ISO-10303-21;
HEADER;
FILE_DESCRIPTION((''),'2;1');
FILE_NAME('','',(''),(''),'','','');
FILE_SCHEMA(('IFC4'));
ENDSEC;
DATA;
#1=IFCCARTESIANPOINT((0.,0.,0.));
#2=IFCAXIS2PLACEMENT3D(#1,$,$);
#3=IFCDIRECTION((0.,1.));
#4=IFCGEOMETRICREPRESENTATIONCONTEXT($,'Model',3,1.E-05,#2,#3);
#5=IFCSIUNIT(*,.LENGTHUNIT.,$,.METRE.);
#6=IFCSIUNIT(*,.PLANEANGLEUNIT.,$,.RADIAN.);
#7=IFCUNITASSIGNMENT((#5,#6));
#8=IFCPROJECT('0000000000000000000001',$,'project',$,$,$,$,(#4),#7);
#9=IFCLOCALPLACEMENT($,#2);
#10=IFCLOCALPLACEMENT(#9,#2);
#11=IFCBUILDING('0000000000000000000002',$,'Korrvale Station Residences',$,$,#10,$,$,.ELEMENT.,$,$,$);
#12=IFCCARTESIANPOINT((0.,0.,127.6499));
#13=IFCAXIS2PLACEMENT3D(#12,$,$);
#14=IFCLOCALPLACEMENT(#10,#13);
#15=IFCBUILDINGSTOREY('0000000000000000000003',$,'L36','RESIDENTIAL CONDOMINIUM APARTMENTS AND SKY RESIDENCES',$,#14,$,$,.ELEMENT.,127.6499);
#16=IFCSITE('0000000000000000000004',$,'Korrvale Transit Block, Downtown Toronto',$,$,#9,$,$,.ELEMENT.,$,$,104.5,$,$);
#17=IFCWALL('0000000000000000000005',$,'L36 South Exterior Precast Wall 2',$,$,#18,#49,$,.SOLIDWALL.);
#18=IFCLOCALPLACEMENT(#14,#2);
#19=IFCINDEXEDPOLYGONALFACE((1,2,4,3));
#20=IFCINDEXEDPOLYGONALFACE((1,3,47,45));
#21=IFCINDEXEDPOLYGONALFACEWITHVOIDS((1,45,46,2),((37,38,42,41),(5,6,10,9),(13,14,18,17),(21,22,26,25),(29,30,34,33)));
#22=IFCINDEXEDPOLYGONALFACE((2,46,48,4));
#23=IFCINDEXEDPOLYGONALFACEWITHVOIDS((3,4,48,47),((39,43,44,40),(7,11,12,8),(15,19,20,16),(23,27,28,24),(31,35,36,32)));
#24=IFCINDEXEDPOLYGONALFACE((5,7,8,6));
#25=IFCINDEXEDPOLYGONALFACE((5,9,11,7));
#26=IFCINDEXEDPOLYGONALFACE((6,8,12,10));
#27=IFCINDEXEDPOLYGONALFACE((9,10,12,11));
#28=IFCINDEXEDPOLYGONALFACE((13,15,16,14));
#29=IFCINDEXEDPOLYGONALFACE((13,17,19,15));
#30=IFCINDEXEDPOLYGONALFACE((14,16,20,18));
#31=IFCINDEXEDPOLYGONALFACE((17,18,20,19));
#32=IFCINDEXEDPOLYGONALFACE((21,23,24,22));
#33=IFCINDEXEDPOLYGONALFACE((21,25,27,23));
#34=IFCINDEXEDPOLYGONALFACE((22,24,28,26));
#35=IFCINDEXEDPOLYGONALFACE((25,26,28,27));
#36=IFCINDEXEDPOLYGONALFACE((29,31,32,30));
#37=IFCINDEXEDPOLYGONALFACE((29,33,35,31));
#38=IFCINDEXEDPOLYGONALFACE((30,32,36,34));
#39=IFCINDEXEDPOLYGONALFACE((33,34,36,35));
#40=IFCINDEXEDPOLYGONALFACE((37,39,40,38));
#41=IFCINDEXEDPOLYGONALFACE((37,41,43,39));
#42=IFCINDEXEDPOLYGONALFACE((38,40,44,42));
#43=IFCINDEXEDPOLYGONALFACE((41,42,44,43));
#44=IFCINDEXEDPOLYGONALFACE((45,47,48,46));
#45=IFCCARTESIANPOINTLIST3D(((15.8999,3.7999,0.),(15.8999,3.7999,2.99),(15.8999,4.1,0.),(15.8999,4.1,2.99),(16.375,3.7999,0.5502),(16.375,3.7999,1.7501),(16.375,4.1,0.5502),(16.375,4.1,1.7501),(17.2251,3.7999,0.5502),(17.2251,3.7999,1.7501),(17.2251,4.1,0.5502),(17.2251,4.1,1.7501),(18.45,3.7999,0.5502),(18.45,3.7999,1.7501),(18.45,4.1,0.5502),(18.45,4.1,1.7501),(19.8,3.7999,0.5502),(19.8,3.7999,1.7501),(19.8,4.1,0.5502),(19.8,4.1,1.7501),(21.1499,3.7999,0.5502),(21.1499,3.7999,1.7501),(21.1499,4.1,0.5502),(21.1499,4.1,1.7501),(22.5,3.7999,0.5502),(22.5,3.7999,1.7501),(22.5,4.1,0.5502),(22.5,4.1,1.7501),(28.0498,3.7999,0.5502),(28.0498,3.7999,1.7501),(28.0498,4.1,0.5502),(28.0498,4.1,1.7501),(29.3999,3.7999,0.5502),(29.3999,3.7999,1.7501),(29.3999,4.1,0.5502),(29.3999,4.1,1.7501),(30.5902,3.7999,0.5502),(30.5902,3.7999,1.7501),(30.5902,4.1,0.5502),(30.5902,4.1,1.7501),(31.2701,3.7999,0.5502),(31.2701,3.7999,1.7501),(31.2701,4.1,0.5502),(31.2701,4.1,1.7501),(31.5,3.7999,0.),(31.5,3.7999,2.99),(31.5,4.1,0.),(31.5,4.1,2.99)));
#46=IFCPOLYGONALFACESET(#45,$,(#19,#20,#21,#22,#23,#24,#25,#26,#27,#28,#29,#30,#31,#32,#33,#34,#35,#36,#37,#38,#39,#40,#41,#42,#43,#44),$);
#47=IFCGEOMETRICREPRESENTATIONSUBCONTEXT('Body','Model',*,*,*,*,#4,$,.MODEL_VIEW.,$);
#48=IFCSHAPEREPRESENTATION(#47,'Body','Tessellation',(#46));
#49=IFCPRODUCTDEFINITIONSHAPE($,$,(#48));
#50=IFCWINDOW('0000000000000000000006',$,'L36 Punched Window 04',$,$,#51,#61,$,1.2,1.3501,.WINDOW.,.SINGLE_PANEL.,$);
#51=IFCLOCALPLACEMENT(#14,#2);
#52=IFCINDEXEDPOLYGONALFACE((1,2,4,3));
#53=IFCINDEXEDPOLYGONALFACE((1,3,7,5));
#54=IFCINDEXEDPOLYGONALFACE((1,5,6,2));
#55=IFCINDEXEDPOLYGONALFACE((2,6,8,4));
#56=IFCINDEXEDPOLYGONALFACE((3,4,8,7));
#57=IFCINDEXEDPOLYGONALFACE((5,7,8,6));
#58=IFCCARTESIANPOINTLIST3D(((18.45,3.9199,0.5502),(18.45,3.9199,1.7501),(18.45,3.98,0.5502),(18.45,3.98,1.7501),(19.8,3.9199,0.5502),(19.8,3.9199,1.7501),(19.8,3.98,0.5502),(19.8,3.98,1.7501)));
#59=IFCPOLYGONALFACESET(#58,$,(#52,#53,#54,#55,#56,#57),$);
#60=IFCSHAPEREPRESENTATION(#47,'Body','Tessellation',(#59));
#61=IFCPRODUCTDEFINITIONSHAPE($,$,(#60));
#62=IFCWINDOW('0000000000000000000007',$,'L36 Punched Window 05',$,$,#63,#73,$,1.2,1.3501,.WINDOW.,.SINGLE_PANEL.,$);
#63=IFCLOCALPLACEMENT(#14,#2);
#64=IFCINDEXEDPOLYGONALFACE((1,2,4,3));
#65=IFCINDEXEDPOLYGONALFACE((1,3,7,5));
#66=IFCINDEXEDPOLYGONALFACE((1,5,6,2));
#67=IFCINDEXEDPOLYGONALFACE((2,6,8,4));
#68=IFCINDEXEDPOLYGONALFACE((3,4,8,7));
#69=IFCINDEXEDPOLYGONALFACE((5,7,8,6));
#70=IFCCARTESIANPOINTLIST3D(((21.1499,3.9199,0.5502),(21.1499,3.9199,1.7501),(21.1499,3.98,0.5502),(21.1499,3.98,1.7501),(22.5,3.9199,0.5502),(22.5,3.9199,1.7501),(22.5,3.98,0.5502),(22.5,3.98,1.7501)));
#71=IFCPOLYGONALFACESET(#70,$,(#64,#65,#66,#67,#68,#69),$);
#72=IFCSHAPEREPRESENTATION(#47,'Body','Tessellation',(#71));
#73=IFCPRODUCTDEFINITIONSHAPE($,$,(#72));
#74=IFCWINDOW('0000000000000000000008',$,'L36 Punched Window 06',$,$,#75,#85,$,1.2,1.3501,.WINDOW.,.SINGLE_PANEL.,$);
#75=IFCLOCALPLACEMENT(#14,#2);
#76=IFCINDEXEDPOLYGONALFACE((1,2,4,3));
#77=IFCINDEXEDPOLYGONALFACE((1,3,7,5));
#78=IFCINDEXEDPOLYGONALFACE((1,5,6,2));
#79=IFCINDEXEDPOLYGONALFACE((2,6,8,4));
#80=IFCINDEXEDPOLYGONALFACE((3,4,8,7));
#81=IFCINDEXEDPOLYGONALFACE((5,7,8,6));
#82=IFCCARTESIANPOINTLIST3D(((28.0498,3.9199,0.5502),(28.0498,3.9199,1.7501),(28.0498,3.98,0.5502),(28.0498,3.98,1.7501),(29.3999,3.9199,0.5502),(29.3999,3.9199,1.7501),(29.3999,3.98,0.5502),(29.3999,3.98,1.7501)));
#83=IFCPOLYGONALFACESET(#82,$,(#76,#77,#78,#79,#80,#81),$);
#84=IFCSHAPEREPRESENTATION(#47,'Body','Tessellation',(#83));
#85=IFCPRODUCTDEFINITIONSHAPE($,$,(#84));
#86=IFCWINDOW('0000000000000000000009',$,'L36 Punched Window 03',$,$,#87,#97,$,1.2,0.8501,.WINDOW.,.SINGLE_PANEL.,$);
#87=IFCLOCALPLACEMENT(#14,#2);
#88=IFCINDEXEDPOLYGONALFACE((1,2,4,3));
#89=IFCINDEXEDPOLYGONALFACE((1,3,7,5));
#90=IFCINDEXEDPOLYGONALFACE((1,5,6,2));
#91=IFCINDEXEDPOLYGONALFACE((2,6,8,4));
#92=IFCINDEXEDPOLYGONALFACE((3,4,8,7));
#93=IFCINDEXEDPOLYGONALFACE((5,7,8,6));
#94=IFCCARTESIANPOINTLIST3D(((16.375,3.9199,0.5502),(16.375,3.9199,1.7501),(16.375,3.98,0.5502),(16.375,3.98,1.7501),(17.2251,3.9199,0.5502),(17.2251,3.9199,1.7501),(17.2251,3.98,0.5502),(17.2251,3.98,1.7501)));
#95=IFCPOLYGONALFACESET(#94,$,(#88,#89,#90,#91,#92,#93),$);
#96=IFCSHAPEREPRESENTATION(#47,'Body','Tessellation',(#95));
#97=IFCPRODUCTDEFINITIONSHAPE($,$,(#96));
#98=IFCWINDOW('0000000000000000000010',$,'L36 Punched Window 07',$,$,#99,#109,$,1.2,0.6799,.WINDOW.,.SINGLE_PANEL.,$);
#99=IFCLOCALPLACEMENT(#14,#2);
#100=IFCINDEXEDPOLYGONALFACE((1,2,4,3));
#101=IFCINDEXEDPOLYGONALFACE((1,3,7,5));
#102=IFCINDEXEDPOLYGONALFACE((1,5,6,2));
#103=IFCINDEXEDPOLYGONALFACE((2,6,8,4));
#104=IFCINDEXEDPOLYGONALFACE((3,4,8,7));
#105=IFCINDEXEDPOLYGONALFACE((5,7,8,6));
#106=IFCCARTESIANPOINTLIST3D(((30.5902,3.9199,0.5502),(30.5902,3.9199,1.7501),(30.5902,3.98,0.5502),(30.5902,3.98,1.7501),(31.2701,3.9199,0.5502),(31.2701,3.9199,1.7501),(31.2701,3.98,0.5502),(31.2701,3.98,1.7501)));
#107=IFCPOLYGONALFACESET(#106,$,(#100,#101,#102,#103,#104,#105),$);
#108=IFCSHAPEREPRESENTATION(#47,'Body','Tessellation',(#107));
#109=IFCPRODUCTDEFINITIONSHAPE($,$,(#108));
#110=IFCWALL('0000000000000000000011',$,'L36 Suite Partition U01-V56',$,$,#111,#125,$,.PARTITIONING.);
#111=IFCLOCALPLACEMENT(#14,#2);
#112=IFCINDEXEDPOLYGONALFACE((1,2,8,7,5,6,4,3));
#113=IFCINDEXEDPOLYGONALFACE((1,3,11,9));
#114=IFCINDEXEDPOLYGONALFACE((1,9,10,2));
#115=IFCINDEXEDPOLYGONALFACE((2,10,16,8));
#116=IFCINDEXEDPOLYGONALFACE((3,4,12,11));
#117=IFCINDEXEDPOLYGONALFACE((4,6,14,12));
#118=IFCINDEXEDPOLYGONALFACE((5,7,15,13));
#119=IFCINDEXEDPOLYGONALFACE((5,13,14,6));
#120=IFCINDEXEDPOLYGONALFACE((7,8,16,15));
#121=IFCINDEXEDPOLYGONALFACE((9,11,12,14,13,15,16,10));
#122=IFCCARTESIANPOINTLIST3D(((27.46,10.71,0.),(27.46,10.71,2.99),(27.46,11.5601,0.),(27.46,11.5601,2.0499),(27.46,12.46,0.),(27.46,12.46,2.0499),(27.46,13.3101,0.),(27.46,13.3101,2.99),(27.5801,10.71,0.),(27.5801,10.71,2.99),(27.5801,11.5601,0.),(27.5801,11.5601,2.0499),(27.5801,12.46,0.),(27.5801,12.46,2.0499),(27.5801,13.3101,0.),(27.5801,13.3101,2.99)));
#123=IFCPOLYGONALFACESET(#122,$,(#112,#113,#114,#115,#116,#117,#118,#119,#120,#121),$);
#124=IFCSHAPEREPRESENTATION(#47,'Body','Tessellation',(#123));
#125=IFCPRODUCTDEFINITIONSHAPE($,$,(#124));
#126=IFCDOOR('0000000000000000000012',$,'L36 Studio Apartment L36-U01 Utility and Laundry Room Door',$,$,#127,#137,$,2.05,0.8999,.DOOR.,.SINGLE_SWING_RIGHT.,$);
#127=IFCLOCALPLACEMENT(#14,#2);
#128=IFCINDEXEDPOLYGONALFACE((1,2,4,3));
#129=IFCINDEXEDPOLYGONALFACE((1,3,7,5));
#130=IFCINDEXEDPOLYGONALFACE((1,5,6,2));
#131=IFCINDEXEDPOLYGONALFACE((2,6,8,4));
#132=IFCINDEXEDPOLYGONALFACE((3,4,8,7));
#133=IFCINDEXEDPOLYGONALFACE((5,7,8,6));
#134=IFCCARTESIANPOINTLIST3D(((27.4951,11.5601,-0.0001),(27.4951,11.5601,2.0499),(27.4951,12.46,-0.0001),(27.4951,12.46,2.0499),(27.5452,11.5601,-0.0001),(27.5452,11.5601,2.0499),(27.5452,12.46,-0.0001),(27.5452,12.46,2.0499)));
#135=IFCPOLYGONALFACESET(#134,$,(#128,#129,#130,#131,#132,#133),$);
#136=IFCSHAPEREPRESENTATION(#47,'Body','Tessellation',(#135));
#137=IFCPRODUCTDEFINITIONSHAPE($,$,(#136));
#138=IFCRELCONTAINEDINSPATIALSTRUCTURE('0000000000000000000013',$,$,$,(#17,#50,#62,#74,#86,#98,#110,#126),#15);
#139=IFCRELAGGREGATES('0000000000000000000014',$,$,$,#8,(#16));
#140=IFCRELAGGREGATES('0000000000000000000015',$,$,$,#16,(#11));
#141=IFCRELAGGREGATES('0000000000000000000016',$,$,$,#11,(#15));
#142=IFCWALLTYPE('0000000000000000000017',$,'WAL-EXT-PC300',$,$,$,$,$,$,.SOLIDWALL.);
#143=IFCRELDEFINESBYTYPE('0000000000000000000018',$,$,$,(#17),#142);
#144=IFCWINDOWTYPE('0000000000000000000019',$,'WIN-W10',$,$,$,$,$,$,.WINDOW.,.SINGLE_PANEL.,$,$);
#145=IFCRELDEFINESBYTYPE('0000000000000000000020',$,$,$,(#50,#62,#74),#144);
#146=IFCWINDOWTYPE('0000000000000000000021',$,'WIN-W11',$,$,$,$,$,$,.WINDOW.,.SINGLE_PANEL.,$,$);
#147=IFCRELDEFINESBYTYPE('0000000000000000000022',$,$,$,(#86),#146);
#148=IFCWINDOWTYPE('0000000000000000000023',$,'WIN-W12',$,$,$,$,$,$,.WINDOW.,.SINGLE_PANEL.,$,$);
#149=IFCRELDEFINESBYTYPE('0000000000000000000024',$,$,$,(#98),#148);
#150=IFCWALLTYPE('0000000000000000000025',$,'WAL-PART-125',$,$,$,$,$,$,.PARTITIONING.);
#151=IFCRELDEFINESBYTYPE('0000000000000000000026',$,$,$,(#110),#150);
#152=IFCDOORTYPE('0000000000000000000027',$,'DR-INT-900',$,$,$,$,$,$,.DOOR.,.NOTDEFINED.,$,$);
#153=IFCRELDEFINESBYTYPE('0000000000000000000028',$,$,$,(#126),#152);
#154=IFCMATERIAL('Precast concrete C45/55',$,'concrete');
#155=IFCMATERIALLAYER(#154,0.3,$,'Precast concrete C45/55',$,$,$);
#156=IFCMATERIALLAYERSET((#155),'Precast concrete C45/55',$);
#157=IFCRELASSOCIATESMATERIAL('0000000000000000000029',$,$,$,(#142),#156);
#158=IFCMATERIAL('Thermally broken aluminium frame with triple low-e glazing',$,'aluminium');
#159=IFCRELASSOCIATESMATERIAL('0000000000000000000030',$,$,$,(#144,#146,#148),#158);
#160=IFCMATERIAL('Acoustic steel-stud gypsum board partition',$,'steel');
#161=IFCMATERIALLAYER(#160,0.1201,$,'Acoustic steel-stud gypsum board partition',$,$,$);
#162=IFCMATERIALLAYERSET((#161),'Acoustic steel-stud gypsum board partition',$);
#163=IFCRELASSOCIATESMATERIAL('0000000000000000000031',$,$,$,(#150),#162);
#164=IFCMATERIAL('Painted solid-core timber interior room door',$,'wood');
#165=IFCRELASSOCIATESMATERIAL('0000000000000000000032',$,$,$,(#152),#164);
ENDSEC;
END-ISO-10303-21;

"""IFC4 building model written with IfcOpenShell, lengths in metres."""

from ifc_helpers import new_model, si_unit, direction, frame, frame_2d, origin, place, context, subcontext, project, spatial, rectangle, extrude, material, layer, layer_set, type_object, element, fill, save


model = new_model("IFC4")

# Units and contexts
model_context = context("Model", 3, precision=1e-05, world=origin(), true_north=direction((0.0, 1.0)))
body_context = subcontext(model_context, "Body", "Model", "MODEL_VIEW")
ifc_project = project(units=[si_unit("LENGTHUNIT", "METRE"), si_unit("PLANEANGLEUNIT", "RADIAN")], contexts=[model_context])

# Site, building, storey
site_placement = place(None, origin())
site = spatial("IfcSite", under=ifc_project, at=site_placement, Name="Korrvale Transit Block, Downtown Toronto", CompositionType="ELEMENT", RefElevation=104.5)
building_placement = place(site_placement, origin())
building = spatial("IfcBuilding", under=site, at=building_placement, Name="Korrvale Station Residences", CompositionType="ELEMENT")
storey_placement = place(building_placement, frame((0.0, 0.0, 127.6499)))
storey = spatial("IfcBuildingStorey", under=building, at=storey_placement, Name="L36", Description="RESIDENTIAL CONDOMINIUM APARTMENTS AND SKY RESIDENCES", CompositionType="ELEMENT", Elevation=127.6499)

# Shared definitions
ifc_material_1 = material(Name="Precast concrete C45/55", Category="concrete")

# Wall, openings, windows
ifc_layer_1 = layer(ifc_material_1, 0.3, Name="Precast concrete C45/55")
ifc_layer_set_1 = layer_set([ifc_layer_1], Name="Precast concrete C45/55")
wall_type_1 = type_object("IfcWallType", Name="WAL-EXT-PC300", PredefinedType="SOLIDWALL", material=ifc_layer_set_1)
wall_1_placement = place(storey_placement, frame((31.5, 3.95, 0.0), z_axis=(0.0, 0.0, 1.0), x_axis=(-1.0, 0.0, 0.0)))
wall_1 = element("IfcWall", 1, at=wall_1_placement, inside=storey, type_object=wall_type_1, Name="L36 South Exterior Precast Wall 2", PredefinedType="SOLIDWALL", context=body_context, shape_type="SweptSolid", body=[
    extrude(rectangle(XDim=15.6001, YDim=0.3, at=frame_2d((7.8, 0.0))), origin(), (0.0, 0.0, 1.0), 2.99),
])
opening_1_placement = place(wall_1_placement, frame((14.2749, 0.0, 0.55)))
opening_1 = element("IfcOpeningElement", 2, at=opening_1_placement, cuts=wall_1, PredefinedType="OPENING", context=body_context, shape_type="SweptSolid", body=[
    extrude(rectangle(XDim=0.8501, YDim=1.2, at=frame_2d((0.425, 0.6001))), frame((0.0, 0.1602, 0.0), z_axis=(0.0, -1.0, 0.0), x_axis=(1.0, 0.0, 0.0)), (0.0, 0.0, 1.0), 0.3201),
])
opening_2_placement = place(wall_1_placement, frame((11.7, 0.0, 0.55)))
opening_2 = element("IfcOpeningElement", 3, at=opening_2_placement, cuts=wall_1, PredefinedType="OPENING", context=body_context, shape_type="SweptSolid", body=[
    extrude(rectangle(XDim=1.3501, YDim=1.2, at=frame_2d((0.675, 0.6001))), frame((0.0, 0.1602, 0.0), z_axis=(0.0, -1.0, 0.0), x_axis=(1.0, 0.0, 0.0)), (0.0, 0.0, 1.0), 0.3201),
])
opening_3_placement = place(wall_1_placement, frame((9.0, 0.0, 0.55)))
opening_3 = element("IfcOpeningElement", 4, at=opening_3_placement, cuts=wall_1, PredefinedType="OPENING", context=body_context, shape_type="SweptSolid", body=[
    extrude(rectangle(XDim=1.3501, YDim=1.2, at=frame_2d((0.675, 0.6001))), frame((0.0, 0.1602, 0.0), z_axis=(0.0, -1.0, 0.0), x_axis=(1.0, 0.0, 0.0)), (0.0, 0.0, 1.0), 0.3201),
])
opening_4_placement = place(wall_1_placement, frame((2.1001, 0.0, 0.55)))
opening_4 = element("IfcOpeningElement", 5, at=opening_4_placement, cuts=wall_1, PredefinedType="OPENING", context=body_context, shape_type="SweptSolid", body=[
    extrude(rectangle(XDim=1.3501, YDim=1.2, at=frame_2d((0.675, 0.6001))), frame((0.0, 0.1602, 0.0), z_axis=(0.0, -1.0, 0.0), x_axis=(1.0, 0.0, 0.0)), (0.0, 0.0, 1.0), 0.3201),
])
opening_5_placement = place(wall_1_placement, frame((0.23, 0.0, 0.55)))
opening_5 = element("IfcOpeningElement", 6, at=opening_5_placement, cuts=wall_1, PredefinedType="OPENING", context=body_context, shape_type="SweptSolid", body=[
    extrude(rectangle(XDim=0.6799, YDim=1.2, at=frame_2d((0.3398, 0.6001))), frame((0.0, 0.1602, 0.0), z_axis=(0.0, -1.0, 0.0), x_axis=(1.0, 0.0, 0.0)), (0.0, 0.0, 1.0), 0.3201),
])
ifc_material_2 = material(Name="Thermally broken aluminium frame with triple low-e glazing", Category="aluminium")
window_type_1 = type_object("IfcWindowType", Name="WIN-W10", PartitioningType="SINGLE_PANEL", PredefinedType="WINDOW", material=ifc_material_2)
window_1_placement = place(opening_2_placement, origin())
window_1 = element("IfcWindow", 7, at=window_1_placement, inside=storey, type_object=window_type_1, Name="L36 Punched Window 04", OverallHeight=1.2, OverallWidth=1.3501, PartitioningType="SINGLE_PANEL", PredefinedType="WINDOW", context=body_context, shape_type="SweptSolid", body=[
    extrude(rectangle(XDim=1.3501, YDim=1.2, at=frame_2d((0.675, 0.6001))), frame((0.0, 0.03, 0.0), z_axis=(0.0, -1.0, 0.0), x_axis=(1.0, 0.0, 0.0)), (0.0, 0.0, 1.0), 0.0601),
])
fill(opening_2, window_1)
window_2_placement = place(opening_3_placement, origin())
window_2 = element("IfcWindow", 8, at=window_2_placement, inside=storey, type_object=window_type_1, Name="L36 Punched Window 05", OverallHeight=1.2, OverallWidth=1.3501, PartitioningType="SINGLE_PANEL", PredefinedType="WINDOW", context=body_context, shape_type="SweptSolid", body=[
    extrude(rectangle(XDim=1.3501, YDim=1.2, at=frame_2d((0.675, 0.6001))), frame((0.0, 0.03, 0.0), z_axis=(0.0, -1.0, 0.0), x_axis=(1.0, 0.0, 0.0)), (0.0, 0.0, 1.0), 0.0601),
])
fill(opening_3, window_2)
window_3_placement = place(opening_4_placement, origin())
window_3 = element("IfcWindow", 9, at=window_3_placement, inside=storey, type_object=window_type_1, Name="L36 Punched Window 06", OverallHeight=1.2, OverallWidth=1.3501, PartitioningType="SINGLE_PANEL", PredefinedType="WINDOW", context=body_context, shape_type="SweptSolid", body=[
    extrude(rectangle(XDim=1.3501, YDim=1.2, at=frame_2d((0.675, 0.6001))), frame((0.0, 0.03, 0.0), z_axis=(0.0, -1.0, 0.0), x_axis=(1.0, 0.0, 0.0)), (0.0, 0.0, 1.0), 0.0601),
])
fill(opening_4, window_3)
window_type_2 = type_object("IfcWindowType", Name="WIN-W11", PartitioningType="SINGLE_PANEL", PredefinedType="WINDOW", material=ifc_material_2)
window_4_placement = place(opening_1_placement, origin())
window_4 = element("IfcWindow", 10, at=window_4_placement, inside=storey, type_object=window_type_2, Name="L36 Punched Window 03", OverallHeight=1.2, OverallWidth=0.8501, PartitioningType="SINGLE_PANEL", PredefinedType="WINDOW", context=body_context, shape_type="SweptSolid", body=[
    extrude(rectangle(XDim=0.8501, YDim=1.2, at=frame_2d((0.425, 0.6001))), frame((0.0, 0.03, 0.0), z_axis=(0.0, -1.0, 0.0), x_axis=(1.0, 0.0, 0.0)), (0.0, 0.0, 1.0), 0.0601),
])
fill(opening_1, window_4)
window_type_3 = type_object("IfcWindowType", Name="WIN-W12", PartitioningType="SINGLE_PANEL", PredefinedType="WINDOW", material=ifc_material_2)
window_5_placement = place(opening_5_placement, origin())
window_5 = element("IfcWindow", 11, at=window_5_placement, inside=storey, type_object=window_type_3, Name="L36 Punched Window 07", OverallHeight=1.2, OverallWidth=0.6799, PartitioningType="SINGLE_PANEL", PredefinedType="WINDOW", context=body_context, shape_type="SweptSolid", body=[
    extrude(rectangle(XDim=0.6799, YDim=1.2, at=frame_2d((0.3398, 0.6001))), frame((0.0, 0.03, 0.0), z_axis=(0.0, -1.0, 0.0), x_axis=(1.0, 0.0, 0.0)), (0.0, 0.0, 1.0), 0.0601),
])
fill(opening_5, window_5)

# Wall, opening, door
ifc_material_3 = material(Name="Acoustic steel-stud gypsum board partition", Category="steel")
ifc_layer_2 = layer(ifc_material_3, 0.1201, Name="Acoustic steel-stud gypsum board partition")
ifc_layer_set_2 = layer_set([ifc_layer_2], Name="Acoustic steel-stud gypsum board partition")
wall_type_2 = type_object("IfcWallType", Name="WAL-PART-125", PredefinedType="PARTITIONING", material=ifc_layer_set_2)
wall_2_placement = place(storey_placement, frame((27.52, 10.71, 0.0), z_axis=(0.0, 0.0, 1.0), x_axis=(0.0, 1.0, 0.0)))
wall_2 = element("IfcWall", 12, at=wall_2_placement, inside=storey, type_object=wall_type_2, Name="L36 Suite Partition U01-V56", PredefinedType="PARTITIONING", context=body_context, shape_type="SweptSolid", body=[
    extrude(rectangle(XDim=2.6001, YDim=0.1201, at=frame_2d((1.3, 0.0))), origin(), (0.0, 0.0, 1.0), 2.99),
])
opening_6_placement = place(wall_2_placement, frame((0.8501, 0.0, 0.0)))
opening_6 = element("IfcOpeningElement", 13, at=opening_6_placement, cuts=wall_2, PredefinedType="OPENING", context=body_context, shape_type="SweptSolid", body=[
    extrude(rectangle(XDim=0.8999, YDim=2.05, at=frame_2d((0.45, 1.0249))), frame((0.0, 0.0701, 0.0), z_axis=(0.0, -1.0, 0.0), x_axis=(1.0, 0.0, 0.0)), (0.0, 0.0, 1.0), 0.1401),
])
ifc_material_4 = material(Name="Painted solid-core timber interior room door", Category="wood")
door_type = type_object("IfcDoorType", Name="DR-INT-900", OperationType="NOTDEFINED", PredefinedType="DOOR", material=ifc_material_4)
door_1_placement = place(opening_6_placement, origin())
door_1 = element("IfcDoor", 14, at=door_1_placement, inside=storey, type_object=door_type, Name="L36 Studio Apartment L36-U01 Utility and Laundry Room Door", OperationType="SINGLE_SWING_RIGHT", OverallHeight=2.05, OverallWidth=0.8999, PredefinedType="DOOR", context=body_context, shape_type="SweptSolid", body=[
    extrude(rectangle(XDim=0.8999, YDim=2.05, at=frame_2d((0.45, 1.0249))), frame((0.0, 0.0249, 0.0), z_axis=(0.0, -1.0, 0.0), x_axis=(1.0, 0.0, 0.0)), (0.0, 0.0, 1.0), 0.05),
])
fill(opening_6, door_1)

save(model, "model.ifc")
